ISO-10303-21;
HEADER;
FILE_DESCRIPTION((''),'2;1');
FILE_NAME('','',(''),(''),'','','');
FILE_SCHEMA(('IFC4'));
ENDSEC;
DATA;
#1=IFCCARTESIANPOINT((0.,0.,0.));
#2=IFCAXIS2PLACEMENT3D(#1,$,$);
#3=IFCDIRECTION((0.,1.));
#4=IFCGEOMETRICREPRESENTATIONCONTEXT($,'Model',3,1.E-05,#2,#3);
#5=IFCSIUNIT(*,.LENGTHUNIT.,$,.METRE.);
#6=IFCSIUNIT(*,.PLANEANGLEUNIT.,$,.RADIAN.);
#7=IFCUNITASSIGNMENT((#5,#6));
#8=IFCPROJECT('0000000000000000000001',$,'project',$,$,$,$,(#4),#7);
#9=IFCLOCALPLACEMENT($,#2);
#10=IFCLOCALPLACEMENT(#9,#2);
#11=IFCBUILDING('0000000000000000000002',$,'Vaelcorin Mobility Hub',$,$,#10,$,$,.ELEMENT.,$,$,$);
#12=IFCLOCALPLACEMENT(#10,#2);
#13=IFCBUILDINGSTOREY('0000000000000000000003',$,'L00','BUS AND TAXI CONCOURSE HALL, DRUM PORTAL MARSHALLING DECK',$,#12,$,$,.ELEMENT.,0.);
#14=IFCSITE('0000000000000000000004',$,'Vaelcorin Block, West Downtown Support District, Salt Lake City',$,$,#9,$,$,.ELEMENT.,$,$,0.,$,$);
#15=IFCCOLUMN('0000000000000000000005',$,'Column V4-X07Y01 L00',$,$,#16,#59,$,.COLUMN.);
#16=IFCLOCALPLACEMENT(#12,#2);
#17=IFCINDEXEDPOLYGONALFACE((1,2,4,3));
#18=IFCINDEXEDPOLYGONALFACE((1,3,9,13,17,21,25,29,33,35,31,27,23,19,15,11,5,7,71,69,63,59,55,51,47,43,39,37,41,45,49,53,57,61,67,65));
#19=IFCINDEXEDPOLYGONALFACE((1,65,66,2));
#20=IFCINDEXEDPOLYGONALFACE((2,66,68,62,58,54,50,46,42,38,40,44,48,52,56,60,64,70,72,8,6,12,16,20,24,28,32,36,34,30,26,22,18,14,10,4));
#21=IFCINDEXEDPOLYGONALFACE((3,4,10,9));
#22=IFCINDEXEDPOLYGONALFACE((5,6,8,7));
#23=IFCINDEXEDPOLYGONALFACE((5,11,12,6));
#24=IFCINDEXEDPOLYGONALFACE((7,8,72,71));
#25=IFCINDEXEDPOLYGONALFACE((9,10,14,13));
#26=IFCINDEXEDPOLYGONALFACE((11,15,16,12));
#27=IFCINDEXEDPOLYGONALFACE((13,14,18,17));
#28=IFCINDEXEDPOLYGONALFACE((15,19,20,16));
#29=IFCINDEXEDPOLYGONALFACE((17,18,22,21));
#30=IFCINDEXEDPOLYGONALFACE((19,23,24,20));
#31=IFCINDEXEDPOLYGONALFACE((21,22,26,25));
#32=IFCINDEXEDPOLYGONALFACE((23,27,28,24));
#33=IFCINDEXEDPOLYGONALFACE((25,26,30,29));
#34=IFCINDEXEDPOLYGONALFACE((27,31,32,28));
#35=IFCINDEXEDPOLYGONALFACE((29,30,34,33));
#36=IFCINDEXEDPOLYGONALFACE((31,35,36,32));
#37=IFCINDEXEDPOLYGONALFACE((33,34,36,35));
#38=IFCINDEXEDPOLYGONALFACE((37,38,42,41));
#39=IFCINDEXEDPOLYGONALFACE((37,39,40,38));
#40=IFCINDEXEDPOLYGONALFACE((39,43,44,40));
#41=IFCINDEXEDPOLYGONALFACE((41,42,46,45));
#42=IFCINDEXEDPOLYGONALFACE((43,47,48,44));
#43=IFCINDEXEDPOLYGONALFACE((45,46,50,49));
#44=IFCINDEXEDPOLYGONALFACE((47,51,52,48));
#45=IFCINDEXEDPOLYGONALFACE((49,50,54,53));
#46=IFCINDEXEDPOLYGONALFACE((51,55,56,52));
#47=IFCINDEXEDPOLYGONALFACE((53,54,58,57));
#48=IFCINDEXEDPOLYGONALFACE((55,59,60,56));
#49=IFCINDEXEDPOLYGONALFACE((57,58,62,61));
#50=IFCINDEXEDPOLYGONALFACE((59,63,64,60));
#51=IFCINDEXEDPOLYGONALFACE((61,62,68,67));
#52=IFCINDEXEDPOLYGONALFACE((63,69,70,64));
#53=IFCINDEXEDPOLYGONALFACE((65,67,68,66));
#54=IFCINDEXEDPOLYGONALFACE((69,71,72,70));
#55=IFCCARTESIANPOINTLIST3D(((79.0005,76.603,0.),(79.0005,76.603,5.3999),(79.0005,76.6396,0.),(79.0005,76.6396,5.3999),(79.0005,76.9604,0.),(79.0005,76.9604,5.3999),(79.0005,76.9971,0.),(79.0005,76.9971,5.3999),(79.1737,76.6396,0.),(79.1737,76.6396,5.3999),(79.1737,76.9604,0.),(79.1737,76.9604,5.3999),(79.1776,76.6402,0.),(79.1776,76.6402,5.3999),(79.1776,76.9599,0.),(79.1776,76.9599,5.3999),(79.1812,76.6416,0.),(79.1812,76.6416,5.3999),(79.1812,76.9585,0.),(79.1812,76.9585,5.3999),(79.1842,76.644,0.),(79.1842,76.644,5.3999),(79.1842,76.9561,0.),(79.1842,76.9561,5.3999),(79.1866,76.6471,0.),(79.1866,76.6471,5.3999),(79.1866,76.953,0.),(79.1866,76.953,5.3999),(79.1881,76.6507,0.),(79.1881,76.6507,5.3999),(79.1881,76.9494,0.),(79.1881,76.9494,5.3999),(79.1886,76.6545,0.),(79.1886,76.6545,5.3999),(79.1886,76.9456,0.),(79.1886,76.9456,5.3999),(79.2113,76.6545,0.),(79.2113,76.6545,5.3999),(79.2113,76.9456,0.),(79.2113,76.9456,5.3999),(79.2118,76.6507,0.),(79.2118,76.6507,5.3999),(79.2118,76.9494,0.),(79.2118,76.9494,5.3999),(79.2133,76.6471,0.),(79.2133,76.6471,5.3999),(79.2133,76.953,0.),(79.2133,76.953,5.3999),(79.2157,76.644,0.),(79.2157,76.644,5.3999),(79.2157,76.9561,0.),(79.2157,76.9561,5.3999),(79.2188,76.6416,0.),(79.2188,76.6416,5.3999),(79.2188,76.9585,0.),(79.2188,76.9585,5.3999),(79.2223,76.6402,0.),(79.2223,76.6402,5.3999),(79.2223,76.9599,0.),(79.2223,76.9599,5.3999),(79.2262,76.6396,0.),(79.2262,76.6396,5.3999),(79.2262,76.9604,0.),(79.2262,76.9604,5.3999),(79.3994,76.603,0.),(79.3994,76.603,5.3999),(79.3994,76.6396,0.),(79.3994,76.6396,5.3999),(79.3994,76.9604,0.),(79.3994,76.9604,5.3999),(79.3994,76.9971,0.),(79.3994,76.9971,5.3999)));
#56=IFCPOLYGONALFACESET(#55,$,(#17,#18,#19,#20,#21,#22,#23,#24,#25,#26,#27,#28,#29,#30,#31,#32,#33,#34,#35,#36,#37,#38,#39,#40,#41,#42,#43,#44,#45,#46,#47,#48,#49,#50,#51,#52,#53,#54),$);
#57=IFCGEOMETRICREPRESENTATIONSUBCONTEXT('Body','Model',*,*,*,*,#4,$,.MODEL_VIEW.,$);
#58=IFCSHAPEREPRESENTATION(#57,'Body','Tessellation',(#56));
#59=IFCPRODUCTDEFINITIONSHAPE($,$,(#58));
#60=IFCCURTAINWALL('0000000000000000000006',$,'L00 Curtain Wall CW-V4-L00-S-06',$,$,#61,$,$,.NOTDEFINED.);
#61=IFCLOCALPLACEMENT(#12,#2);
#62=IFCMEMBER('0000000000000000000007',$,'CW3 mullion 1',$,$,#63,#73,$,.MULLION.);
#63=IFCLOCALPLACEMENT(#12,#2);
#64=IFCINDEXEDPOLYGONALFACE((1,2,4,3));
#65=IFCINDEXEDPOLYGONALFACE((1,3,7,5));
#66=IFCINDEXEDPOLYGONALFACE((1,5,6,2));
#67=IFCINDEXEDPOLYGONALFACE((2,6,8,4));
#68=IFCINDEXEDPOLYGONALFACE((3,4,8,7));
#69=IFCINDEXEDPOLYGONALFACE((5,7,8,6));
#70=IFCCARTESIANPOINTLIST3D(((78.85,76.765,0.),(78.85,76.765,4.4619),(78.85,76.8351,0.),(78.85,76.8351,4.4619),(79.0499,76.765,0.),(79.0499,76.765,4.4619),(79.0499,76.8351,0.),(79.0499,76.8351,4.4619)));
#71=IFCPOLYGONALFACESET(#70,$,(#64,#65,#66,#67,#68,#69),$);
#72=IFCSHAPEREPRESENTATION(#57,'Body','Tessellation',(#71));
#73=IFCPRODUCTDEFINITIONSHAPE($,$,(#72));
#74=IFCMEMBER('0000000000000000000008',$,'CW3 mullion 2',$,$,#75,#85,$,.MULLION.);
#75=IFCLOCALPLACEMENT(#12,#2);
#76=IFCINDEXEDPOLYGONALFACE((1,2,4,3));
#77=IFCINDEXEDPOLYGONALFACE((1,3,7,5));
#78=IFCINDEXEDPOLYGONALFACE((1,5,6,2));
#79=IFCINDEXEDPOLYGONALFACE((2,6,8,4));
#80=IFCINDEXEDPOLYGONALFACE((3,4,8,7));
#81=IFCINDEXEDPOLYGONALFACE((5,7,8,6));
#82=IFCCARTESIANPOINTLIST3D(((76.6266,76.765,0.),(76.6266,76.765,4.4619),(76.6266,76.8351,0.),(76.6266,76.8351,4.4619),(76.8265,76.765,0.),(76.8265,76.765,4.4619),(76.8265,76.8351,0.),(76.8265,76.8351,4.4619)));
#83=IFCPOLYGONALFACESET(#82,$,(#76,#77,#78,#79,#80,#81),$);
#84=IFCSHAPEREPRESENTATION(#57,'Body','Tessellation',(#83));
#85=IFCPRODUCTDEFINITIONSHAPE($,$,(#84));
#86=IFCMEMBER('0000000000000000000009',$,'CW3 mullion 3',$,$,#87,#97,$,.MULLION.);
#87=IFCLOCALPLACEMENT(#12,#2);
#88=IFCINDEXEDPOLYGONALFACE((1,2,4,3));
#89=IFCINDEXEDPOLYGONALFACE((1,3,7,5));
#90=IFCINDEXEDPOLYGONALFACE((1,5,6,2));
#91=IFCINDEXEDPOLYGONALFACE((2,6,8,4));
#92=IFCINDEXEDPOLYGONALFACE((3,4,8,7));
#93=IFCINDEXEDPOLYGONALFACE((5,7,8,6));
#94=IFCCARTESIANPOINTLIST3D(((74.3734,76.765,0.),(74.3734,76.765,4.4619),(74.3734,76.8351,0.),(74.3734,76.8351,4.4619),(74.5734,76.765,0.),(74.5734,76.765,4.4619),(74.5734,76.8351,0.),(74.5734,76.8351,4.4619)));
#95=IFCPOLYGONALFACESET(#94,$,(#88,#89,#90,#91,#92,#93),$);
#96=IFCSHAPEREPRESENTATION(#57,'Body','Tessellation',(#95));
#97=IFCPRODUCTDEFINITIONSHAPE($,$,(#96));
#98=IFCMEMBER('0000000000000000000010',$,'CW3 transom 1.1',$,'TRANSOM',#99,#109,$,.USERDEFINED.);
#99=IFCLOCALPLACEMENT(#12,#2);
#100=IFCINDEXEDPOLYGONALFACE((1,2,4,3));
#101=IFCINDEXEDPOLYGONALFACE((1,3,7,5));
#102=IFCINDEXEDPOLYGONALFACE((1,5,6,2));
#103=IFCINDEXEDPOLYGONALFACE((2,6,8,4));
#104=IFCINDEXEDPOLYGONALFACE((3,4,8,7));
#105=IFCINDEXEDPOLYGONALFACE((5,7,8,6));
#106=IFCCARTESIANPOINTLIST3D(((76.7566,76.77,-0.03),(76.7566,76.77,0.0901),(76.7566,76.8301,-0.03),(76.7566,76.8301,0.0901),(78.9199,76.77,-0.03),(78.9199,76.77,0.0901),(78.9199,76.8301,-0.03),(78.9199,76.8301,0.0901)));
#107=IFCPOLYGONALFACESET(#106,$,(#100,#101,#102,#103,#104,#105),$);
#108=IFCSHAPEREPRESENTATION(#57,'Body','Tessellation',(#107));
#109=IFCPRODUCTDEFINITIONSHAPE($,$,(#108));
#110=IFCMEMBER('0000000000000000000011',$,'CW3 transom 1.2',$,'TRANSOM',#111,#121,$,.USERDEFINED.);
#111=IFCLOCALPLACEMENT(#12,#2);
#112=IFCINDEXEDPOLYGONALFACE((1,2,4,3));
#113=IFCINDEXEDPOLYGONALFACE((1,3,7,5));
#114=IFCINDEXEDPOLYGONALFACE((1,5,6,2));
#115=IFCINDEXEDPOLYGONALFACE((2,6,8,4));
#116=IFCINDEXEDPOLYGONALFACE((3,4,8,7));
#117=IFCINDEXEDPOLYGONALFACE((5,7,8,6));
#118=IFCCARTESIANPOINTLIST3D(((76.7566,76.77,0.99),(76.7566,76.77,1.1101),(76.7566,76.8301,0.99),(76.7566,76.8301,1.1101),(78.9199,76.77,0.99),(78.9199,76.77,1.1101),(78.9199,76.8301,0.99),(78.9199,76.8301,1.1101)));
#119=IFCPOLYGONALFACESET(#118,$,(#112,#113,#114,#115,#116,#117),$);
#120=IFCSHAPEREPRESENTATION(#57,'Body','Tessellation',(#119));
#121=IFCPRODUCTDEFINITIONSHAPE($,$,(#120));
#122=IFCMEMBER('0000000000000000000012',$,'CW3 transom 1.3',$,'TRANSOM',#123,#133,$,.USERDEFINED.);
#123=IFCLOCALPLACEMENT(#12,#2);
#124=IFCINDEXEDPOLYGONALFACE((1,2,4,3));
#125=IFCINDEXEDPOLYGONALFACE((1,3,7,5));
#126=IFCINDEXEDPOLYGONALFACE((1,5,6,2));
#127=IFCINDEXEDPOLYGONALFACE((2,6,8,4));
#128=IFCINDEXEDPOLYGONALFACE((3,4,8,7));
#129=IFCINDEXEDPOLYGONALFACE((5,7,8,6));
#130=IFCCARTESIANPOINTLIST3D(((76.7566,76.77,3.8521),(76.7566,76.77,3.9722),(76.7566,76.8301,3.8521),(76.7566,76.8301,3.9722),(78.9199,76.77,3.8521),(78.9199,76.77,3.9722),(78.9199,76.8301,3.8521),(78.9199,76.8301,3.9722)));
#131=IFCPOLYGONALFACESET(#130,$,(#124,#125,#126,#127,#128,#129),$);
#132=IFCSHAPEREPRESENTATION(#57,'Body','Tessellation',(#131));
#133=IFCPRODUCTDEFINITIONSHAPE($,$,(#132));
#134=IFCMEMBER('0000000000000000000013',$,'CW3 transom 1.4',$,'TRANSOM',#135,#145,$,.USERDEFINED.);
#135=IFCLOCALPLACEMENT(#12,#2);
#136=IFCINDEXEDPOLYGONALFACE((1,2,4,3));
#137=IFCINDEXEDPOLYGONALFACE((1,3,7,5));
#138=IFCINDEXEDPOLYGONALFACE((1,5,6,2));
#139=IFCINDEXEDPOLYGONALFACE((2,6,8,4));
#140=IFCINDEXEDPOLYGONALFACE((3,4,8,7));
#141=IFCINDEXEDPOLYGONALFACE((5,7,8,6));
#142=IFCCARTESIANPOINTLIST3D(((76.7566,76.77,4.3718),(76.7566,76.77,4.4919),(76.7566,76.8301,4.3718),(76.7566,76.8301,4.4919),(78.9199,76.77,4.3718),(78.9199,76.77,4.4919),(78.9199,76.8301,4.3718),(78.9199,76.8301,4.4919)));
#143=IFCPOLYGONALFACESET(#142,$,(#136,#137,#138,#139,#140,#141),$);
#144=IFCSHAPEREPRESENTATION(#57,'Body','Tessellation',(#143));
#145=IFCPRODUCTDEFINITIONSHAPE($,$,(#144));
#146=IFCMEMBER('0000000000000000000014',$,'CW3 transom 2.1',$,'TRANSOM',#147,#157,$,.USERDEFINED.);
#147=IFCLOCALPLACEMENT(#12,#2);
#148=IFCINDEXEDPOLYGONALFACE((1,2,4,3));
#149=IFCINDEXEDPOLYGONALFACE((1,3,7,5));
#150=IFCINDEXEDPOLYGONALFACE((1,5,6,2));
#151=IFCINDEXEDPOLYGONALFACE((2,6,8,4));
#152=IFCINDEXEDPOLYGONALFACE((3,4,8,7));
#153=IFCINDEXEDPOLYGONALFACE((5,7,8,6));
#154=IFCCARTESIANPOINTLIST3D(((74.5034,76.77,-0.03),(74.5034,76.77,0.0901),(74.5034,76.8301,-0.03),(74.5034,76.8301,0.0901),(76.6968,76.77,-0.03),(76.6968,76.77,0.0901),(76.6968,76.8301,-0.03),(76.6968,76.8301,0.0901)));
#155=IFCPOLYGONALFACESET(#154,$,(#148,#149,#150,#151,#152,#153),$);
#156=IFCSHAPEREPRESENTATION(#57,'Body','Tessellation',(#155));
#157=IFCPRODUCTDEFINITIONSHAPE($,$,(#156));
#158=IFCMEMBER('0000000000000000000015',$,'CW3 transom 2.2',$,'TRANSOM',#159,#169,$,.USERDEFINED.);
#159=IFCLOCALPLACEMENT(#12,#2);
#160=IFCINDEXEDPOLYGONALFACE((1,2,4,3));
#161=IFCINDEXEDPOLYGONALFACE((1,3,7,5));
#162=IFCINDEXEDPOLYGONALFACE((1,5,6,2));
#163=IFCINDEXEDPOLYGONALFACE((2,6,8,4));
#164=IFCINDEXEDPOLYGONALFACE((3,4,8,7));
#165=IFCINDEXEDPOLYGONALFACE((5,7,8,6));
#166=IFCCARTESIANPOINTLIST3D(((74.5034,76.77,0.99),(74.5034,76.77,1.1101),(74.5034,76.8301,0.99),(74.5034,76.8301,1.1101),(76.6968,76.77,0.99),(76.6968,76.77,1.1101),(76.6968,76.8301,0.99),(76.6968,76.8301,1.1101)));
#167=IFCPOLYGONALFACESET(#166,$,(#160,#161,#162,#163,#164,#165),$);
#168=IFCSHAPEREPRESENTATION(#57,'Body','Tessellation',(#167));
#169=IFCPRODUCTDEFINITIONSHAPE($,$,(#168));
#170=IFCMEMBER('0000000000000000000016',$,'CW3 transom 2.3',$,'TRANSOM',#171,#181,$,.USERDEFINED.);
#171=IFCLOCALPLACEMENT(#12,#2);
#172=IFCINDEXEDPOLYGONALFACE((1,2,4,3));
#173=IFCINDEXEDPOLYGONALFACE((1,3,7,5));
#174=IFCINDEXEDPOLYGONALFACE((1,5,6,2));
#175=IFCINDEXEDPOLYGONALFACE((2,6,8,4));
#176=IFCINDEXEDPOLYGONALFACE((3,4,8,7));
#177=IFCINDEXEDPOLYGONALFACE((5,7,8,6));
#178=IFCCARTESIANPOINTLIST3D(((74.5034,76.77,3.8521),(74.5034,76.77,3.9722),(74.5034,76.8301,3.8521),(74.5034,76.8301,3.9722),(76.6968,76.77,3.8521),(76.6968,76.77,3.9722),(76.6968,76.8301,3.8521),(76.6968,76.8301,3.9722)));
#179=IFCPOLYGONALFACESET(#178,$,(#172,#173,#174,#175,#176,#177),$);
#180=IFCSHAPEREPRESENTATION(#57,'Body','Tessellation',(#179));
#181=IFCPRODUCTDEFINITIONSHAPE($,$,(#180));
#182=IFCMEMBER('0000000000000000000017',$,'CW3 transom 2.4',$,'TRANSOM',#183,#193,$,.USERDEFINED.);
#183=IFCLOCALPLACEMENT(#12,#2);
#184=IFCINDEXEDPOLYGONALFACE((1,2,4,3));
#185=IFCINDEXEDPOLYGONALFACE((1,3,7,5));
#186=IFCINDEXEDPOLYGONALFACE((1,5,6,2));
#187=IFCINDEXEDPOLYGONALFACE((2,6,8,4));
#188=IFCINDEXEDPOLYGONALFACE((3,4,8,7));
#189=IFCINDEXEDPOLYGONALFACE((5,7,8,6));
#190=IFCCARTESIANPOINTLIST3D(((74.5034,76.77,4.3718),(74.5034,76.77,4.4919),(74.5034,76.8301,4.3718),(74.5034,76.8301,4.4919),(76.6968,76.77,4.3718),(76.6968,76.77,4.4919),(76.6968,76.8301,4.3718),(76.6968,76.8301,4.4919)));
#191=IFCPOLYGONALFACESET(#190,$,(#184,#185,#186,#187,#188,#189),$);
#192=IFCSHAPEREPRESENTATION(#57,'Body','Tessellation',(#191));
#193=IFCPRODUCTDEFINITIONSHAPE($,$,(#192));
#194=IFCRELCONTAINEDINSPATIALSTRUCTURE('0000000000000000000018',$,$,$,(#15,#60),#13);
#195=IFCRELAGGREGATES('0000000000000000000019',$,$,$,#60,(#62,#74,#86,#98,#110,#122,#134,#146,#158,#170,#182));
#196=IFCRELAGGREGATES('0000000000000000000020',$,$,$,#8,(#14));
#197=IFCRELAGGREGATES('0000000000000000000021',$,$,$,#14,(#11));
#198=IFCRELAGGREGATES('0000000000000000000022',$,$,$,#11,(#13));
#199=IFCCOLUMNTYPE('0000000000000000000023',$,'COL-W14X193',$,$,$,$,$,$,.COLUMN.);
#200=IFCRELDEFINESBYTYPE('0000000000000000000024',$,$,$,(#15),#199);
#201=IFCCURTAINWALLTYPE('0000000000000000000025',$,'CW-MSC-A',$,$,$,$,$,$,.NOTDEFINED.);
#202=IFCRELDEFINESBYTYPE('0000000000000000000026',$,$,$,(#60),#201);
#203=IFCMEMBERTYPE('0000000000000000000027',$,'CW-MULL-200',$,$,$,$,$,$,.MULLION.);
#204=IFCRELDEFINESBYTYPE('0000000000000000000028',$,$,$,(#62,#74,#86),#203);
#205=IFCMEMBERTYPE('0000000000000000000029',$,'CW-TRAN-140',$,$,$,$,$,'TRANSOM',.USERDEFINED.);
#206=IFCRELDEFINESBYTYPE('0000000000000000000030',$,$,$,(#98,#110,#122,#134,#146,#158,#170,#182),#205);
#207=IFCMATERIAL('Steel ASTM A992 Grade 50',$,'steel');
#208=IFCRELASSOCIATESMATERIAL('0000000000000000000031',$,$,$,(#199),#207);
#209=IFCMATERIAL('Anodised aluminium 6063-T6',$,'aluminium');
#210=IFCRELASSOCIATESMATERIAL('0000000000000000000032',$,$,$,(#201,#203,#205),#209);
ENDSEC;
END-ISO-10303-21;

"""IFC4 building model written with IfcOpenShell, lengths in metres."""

from ifc_helpers import new_model, si_unit, direction, frame, origin, origin_2d, place, context, subcontext, project, spatial, rectangle, i_section, extrude, material, material_profile, profile_set, type_object, element, aggregate, save


model = new_model("IFC4")

# Units and contexts
model_context = context("Model", 3, precision=1e-05, world=origin(), true_north=direction((0.0, 1.0)))
body_context = subcontext(model_context, "Body", "Model", "MODEL_VIEW")
ifc_project = project(units=[si_unit("LENGTHUNIT", "METRE"), si_unit("PLANEANGLEUNIT", "RADIAN")], contexts=[model_context])

# Site, building, storey
site_placement = place(None, origin())
site = spatial("IfcSite", under=ifc_project, at=site_placement, Name="Vaelcorin Block, West Downtown Support District, Salt Lake City", CompositionType="ELEMENT", RefElevation=0.0)
building_placement = place(site_placement, origin())
building = spatial("IfcBuilding", under=site, at=building_placement, Name="Vaelcorin Mobility Hub", CompositionType="ELEMENT")
storey_placement = place(building_placement, origin())
storey = spatial("IfcBuildingStorey", under=building, at=storey_placement, Name="L00", Description="BUS AND TAXI CONCOURSE HALL, DRUM PORTAL MARSHALLING DECK", CompositionType="ELEMENT", Elevation=0.0)

# Column
ifc_material_1 = material(Name="Steel ASTM A992 Grade 50", Category="steel")
ifc_material_profile_1 = material_profile(ifc_material_1, i_section(OverallWidth=0.3989, OverallDepth=0.394, WebThickness=0.0227, FlangeThickness=0.0366, FilletRadius=0.0149, at=origin_2d()), Name="W14X193")
ifc_profile_set_1 = profile_set([ifc_material_profile_1], Name="Steel ASTM A992 Grade 50")
column_type = type_object("IfcColumnType", Name="COL-W14X193", PredefinedType="COLUMN", material=ifc_profile_set_1)
column_placement = place(storey_placement, frame((79.2, 76.8, 0.0), z_axis=(0.0, 0.0, 1.0), x_axis=(1.0, 0.0, 0.0)))
element("IfcColumn", 1, at=column_placement, inside=storey, type_object=column_type, Name="Column V4-X07Y01 L00", PredefinedType="COLUMN", context=body_context, shape_type="SweptSolid", body=[
    extrude(i_section(OverallWidth=0.3989, OverallDepth=0.394, WebThickness=0.0227, FlangeThickness=0.0366, FilletRadius=0.0149, at=origin_2d()), origin(), (0.0, 0.0, 1.0), 5.3999),
])

# Curtain wall, members
ifc_material_2 = material(Name="Anodised aluminium 6063-T6", Category="aluminium")
curtain_wall_type = type_object("IfcCurtainWallType", Name="CW-MSC-A", PredefinedType="NOTDEFINED", material=ifc_material_2)
curtain_wall_placement = place(storey_placement, origin())
curtain_wall = element("IfcCurtainWall", 2, at=curtain_wall_placement, inside=storey, type_object=curtain_wall_type, Name="L00 Curtain Wall CW-V4-L00-S-06", PredefinedType="NOTDEFINED")
ifc_material_profile_2 = material_profile(ifc_material_2, rectangle(XDim=0.0701, YDim=0.2, at=origin_2d()), Name="ALU-M70X200")
ifc_profile_set_2 = profile_set([ifc_material_profile_2], Name="Anodised aluminium 6063-T6")
member_type_1 = type_object("IfcMemberType", Name="CW-MULL-200", PredefinedType="MULLION", material=ifc_profile_set_2)
member_1_placement = place(storey_placement, frame((78.95, 76.8, 0.0), z_axis=(0.0, 0.0, 1.0), x_axis=(0.0, -1.0, 0.0)))
member_1 = element("IfcMember", 3, at=member_1_placement, type_object=member_type_1, Name="CW3 mullion 1", PredefinedType="MULLION", context=body_context, shape_type="SweptSolid", body=[
    extrude(rectangle(XDim=0.0701, YDim=0.2, at=origin_2d()), origin(), (0.0, 0.0, 1.0), 4.4619),
])
member_2_placement = place(storey_placement, frame((76.7266, 76.8, 0.0), z_axis=(0.0, 0.0, 1.0), x_axis=(0.0, -1.0, 0.0)))
member_2 = element("IfcMember", 4, at=member_2_placement, type_object=member_type_1, Name="CW3 mullion 2", PredefinedType="MULLION", context=body_context, shape_type="SweptSolid", body=[
    extrude(rectangle(XDim=0.0701, YDim=0.2, at=origin_2d()), origin(), (0.0, 0.0, 1.0), 4.4619),
])
member_3_placement = place(storey_placement, frame((74.4734, 76.8, 0.0), z_axis=(0.0, 0.0, 1.0), x_axis=(0.0, -1.0, 0.0)))
member_3 = element("IfcMember", 5, at=member_3_placement, type_object=member_type_1, Name="CW3 mullion 3", PredefinedType="MULLION", context=body_context, shape_type="SweptSolid", body=[
    extrude(rectangle(XDim=0.0701, YDim=0.2, at=origin_2d()), origin(), (0.0, 0.0, 1.0), 4.4619),
])
ifc_material_profile_3 = material_profile(ifc_material_2, rectangle(XDim=0.0601, YDim=0.1201, at=origin_2d()), Name="ALU-T60X120")
ifc_profile_set_3 = profile_set([ifc_material_profile_3], Name="Anodised aluminium 6063-T6")
member_type_2 = type_object("IfcMemberType", Name="CW-TRAN-140", ElementType="TRANSOM", PredefinedType="USERDEFINED", material=ifc_profile_set_3)
member_4_placement = place(storey_placement, frame((78.9199, 76.8, 0.03), z_axis=(-1.0, 0.0, 0.0), x_axis=(0.0, -1.0, 0.0)))
member_4 = element("IfcMember", 6, at=member_4_placement, type_object=member_type_2, Name="CW3 transom 1.1", ObjectType="TRANSOM", PredefinedType="USERDEFINED", context=body_context, shape_type="SweptSolid", body=[
    extrude(rectangle(XDim=0.0601, YDim=0.1201, at=origin_2d()), origin(), (0.0, 0.0, 1.0), 2.1633),
])
member_5_placement = place(storey_placement, frame((78.9199, 76.8, 1.05), z_axis=(-1.0, 0.0, 0.0), x_axis=(0.0, -1.0, 0.0)))
member_5 = element("IfcMember", 7, at=member_5_placement, type_object=member_type_2, Name="CW3 transom 1.2", ObjectType="TRANSOM", PredefinedType="USERDEFINED", context=body_context, shape_type="SweptSolid", body=[
    extrude(rectangle(XDim=0.0601, YDim=0.1201, at=origin_2d()), origin(), (0.0, 0.0, 1.0), 2.1633),
])
member_6_placement = place(storey_placement, frame((78.9199, 76.8, 3.9121), z_axis=(-1.0, 0.0, 0.0), x_axis=(0.0, -1.0, 0.0)))
member_6 = element("IfcMember", 8, at=member_6_placement, type_object=member_type_2, Name="CW3 transom 1.3", ObjectType="TRANSOM", PredefinedType="USERDEFINED", context=body_context, shape_type="SweptSolid", body=[
    extrude(rectangle(XDim=0.0601, YDim=0.1201, at=origin_2d()), origin(), (0.0, 0.0, 1.0), 2.1633),
])
member_7_placement = place(storey_placement, frame((78.9199, 76.8, 4.4319), z_axis=(-1.0, 0.0, 0.0), x_axis=(0.0, -1.0, 0.0)))
member_7 = element("IfcMember", 9, at=member_7_placement, type_object=member_type_2, Name="CW3 transom 1.4", ObjectType="TRANSOM", PredefinedType="USERDEFINED", context=body_context, shape_type="SweptSolid", body=[
    extrude(rectangle(XDim=0.0601, YDim=0.1201, at=origin_2d()), origin(), (0.0, 0.0, 1.0), 2.1633),
])
member_8_placement = place(storey_placement, frame((76.6968, 76.8, 0.03), z_axis=(-1.0, 0.0, 0.0), x_axis=(0.0, -1.0, 0.0)))
member_8 = element("IfcMember", 10, at=member_8_placement, type_object=member_type_2, Name="CW3 transom 2.1", ObjectType="TRANSOM", PredefinedType="USERDEFINED", context=body_context, shape_type="SweptSolid", body=[
    extrude(rectangle(XDim=0.0601, YDim=0.1201, at=origin_2d()), origin(), (0.0, 0.0, 1.0), 2.1934),
])
member_9_placement = place(storey_placement, frame((76.6968, 76.8, 1.05), z_axis=(-1.0, 0.0, 0.0), x_axis=(0.0, -1.0, 0.0)))
member_9 = element("IfcMember", 11, at=member_9_placement, type_object=member_type_2, Name="CW3 transom 2.2", ObjectType="TRANSOM", PredefinedType="USERDEFINED", context=body_context, shape_type="SweptSolid", body=[
    extrude(rectangle(XDim=0.0601, YDim=0.1201, at=origin_2d()), origin(), (0.0, 0.0, 1.0), 2.1934),
])
member_10_placement = place(storey_placement, frame((76.6968, 76.8, 3.9121), z_axis=(-1.0, 0.0, 0.0), x_axis=(0.0, -1.0, 0.0)))
member_10 = element("IfcMember", 12, at=member_10_placement, type_object=member_type_2, Name="CW3 transom 2.3", ObjectType="TRANSOM", PredefinedType="USERDEFINED", context=body_context, shape_type="SweptSolid", body=[
    extrude(rectangle(XDim=0.0601, YDim=0.1201, at=origin_2d()), origin(), (0.0, 0.0, 1.0), 2.1934),
])
member_11_placement = place(storey_placement, frame((76.6968, 76.8, 4.4319), z_axis=(-1.0, 0.0, 0.0), x_axis=(0.0, -1.0, 0.0)))
member_11 = element("IfcMember", 13, at=member_11_placement, type_object=member_type_2, Name="CW3 transom 2.4", ObjectType="TRANSOM", PredefinedType="USERDEFINED", context=body_context, shape_type="SweptSolid", body=[
    extrude(rectangle(XDim=0.0601, YDim=0.1201, at=origin_2d()), origin(), (0.0, 0.0, 1.0), 2.1934),
])
aggregate(curtain_wall, [member_1, member_2, member_3, member_4, member_5, member_6, member_7, member_8, member_9, member_10, member_11])

save(model, "model.ifc")
